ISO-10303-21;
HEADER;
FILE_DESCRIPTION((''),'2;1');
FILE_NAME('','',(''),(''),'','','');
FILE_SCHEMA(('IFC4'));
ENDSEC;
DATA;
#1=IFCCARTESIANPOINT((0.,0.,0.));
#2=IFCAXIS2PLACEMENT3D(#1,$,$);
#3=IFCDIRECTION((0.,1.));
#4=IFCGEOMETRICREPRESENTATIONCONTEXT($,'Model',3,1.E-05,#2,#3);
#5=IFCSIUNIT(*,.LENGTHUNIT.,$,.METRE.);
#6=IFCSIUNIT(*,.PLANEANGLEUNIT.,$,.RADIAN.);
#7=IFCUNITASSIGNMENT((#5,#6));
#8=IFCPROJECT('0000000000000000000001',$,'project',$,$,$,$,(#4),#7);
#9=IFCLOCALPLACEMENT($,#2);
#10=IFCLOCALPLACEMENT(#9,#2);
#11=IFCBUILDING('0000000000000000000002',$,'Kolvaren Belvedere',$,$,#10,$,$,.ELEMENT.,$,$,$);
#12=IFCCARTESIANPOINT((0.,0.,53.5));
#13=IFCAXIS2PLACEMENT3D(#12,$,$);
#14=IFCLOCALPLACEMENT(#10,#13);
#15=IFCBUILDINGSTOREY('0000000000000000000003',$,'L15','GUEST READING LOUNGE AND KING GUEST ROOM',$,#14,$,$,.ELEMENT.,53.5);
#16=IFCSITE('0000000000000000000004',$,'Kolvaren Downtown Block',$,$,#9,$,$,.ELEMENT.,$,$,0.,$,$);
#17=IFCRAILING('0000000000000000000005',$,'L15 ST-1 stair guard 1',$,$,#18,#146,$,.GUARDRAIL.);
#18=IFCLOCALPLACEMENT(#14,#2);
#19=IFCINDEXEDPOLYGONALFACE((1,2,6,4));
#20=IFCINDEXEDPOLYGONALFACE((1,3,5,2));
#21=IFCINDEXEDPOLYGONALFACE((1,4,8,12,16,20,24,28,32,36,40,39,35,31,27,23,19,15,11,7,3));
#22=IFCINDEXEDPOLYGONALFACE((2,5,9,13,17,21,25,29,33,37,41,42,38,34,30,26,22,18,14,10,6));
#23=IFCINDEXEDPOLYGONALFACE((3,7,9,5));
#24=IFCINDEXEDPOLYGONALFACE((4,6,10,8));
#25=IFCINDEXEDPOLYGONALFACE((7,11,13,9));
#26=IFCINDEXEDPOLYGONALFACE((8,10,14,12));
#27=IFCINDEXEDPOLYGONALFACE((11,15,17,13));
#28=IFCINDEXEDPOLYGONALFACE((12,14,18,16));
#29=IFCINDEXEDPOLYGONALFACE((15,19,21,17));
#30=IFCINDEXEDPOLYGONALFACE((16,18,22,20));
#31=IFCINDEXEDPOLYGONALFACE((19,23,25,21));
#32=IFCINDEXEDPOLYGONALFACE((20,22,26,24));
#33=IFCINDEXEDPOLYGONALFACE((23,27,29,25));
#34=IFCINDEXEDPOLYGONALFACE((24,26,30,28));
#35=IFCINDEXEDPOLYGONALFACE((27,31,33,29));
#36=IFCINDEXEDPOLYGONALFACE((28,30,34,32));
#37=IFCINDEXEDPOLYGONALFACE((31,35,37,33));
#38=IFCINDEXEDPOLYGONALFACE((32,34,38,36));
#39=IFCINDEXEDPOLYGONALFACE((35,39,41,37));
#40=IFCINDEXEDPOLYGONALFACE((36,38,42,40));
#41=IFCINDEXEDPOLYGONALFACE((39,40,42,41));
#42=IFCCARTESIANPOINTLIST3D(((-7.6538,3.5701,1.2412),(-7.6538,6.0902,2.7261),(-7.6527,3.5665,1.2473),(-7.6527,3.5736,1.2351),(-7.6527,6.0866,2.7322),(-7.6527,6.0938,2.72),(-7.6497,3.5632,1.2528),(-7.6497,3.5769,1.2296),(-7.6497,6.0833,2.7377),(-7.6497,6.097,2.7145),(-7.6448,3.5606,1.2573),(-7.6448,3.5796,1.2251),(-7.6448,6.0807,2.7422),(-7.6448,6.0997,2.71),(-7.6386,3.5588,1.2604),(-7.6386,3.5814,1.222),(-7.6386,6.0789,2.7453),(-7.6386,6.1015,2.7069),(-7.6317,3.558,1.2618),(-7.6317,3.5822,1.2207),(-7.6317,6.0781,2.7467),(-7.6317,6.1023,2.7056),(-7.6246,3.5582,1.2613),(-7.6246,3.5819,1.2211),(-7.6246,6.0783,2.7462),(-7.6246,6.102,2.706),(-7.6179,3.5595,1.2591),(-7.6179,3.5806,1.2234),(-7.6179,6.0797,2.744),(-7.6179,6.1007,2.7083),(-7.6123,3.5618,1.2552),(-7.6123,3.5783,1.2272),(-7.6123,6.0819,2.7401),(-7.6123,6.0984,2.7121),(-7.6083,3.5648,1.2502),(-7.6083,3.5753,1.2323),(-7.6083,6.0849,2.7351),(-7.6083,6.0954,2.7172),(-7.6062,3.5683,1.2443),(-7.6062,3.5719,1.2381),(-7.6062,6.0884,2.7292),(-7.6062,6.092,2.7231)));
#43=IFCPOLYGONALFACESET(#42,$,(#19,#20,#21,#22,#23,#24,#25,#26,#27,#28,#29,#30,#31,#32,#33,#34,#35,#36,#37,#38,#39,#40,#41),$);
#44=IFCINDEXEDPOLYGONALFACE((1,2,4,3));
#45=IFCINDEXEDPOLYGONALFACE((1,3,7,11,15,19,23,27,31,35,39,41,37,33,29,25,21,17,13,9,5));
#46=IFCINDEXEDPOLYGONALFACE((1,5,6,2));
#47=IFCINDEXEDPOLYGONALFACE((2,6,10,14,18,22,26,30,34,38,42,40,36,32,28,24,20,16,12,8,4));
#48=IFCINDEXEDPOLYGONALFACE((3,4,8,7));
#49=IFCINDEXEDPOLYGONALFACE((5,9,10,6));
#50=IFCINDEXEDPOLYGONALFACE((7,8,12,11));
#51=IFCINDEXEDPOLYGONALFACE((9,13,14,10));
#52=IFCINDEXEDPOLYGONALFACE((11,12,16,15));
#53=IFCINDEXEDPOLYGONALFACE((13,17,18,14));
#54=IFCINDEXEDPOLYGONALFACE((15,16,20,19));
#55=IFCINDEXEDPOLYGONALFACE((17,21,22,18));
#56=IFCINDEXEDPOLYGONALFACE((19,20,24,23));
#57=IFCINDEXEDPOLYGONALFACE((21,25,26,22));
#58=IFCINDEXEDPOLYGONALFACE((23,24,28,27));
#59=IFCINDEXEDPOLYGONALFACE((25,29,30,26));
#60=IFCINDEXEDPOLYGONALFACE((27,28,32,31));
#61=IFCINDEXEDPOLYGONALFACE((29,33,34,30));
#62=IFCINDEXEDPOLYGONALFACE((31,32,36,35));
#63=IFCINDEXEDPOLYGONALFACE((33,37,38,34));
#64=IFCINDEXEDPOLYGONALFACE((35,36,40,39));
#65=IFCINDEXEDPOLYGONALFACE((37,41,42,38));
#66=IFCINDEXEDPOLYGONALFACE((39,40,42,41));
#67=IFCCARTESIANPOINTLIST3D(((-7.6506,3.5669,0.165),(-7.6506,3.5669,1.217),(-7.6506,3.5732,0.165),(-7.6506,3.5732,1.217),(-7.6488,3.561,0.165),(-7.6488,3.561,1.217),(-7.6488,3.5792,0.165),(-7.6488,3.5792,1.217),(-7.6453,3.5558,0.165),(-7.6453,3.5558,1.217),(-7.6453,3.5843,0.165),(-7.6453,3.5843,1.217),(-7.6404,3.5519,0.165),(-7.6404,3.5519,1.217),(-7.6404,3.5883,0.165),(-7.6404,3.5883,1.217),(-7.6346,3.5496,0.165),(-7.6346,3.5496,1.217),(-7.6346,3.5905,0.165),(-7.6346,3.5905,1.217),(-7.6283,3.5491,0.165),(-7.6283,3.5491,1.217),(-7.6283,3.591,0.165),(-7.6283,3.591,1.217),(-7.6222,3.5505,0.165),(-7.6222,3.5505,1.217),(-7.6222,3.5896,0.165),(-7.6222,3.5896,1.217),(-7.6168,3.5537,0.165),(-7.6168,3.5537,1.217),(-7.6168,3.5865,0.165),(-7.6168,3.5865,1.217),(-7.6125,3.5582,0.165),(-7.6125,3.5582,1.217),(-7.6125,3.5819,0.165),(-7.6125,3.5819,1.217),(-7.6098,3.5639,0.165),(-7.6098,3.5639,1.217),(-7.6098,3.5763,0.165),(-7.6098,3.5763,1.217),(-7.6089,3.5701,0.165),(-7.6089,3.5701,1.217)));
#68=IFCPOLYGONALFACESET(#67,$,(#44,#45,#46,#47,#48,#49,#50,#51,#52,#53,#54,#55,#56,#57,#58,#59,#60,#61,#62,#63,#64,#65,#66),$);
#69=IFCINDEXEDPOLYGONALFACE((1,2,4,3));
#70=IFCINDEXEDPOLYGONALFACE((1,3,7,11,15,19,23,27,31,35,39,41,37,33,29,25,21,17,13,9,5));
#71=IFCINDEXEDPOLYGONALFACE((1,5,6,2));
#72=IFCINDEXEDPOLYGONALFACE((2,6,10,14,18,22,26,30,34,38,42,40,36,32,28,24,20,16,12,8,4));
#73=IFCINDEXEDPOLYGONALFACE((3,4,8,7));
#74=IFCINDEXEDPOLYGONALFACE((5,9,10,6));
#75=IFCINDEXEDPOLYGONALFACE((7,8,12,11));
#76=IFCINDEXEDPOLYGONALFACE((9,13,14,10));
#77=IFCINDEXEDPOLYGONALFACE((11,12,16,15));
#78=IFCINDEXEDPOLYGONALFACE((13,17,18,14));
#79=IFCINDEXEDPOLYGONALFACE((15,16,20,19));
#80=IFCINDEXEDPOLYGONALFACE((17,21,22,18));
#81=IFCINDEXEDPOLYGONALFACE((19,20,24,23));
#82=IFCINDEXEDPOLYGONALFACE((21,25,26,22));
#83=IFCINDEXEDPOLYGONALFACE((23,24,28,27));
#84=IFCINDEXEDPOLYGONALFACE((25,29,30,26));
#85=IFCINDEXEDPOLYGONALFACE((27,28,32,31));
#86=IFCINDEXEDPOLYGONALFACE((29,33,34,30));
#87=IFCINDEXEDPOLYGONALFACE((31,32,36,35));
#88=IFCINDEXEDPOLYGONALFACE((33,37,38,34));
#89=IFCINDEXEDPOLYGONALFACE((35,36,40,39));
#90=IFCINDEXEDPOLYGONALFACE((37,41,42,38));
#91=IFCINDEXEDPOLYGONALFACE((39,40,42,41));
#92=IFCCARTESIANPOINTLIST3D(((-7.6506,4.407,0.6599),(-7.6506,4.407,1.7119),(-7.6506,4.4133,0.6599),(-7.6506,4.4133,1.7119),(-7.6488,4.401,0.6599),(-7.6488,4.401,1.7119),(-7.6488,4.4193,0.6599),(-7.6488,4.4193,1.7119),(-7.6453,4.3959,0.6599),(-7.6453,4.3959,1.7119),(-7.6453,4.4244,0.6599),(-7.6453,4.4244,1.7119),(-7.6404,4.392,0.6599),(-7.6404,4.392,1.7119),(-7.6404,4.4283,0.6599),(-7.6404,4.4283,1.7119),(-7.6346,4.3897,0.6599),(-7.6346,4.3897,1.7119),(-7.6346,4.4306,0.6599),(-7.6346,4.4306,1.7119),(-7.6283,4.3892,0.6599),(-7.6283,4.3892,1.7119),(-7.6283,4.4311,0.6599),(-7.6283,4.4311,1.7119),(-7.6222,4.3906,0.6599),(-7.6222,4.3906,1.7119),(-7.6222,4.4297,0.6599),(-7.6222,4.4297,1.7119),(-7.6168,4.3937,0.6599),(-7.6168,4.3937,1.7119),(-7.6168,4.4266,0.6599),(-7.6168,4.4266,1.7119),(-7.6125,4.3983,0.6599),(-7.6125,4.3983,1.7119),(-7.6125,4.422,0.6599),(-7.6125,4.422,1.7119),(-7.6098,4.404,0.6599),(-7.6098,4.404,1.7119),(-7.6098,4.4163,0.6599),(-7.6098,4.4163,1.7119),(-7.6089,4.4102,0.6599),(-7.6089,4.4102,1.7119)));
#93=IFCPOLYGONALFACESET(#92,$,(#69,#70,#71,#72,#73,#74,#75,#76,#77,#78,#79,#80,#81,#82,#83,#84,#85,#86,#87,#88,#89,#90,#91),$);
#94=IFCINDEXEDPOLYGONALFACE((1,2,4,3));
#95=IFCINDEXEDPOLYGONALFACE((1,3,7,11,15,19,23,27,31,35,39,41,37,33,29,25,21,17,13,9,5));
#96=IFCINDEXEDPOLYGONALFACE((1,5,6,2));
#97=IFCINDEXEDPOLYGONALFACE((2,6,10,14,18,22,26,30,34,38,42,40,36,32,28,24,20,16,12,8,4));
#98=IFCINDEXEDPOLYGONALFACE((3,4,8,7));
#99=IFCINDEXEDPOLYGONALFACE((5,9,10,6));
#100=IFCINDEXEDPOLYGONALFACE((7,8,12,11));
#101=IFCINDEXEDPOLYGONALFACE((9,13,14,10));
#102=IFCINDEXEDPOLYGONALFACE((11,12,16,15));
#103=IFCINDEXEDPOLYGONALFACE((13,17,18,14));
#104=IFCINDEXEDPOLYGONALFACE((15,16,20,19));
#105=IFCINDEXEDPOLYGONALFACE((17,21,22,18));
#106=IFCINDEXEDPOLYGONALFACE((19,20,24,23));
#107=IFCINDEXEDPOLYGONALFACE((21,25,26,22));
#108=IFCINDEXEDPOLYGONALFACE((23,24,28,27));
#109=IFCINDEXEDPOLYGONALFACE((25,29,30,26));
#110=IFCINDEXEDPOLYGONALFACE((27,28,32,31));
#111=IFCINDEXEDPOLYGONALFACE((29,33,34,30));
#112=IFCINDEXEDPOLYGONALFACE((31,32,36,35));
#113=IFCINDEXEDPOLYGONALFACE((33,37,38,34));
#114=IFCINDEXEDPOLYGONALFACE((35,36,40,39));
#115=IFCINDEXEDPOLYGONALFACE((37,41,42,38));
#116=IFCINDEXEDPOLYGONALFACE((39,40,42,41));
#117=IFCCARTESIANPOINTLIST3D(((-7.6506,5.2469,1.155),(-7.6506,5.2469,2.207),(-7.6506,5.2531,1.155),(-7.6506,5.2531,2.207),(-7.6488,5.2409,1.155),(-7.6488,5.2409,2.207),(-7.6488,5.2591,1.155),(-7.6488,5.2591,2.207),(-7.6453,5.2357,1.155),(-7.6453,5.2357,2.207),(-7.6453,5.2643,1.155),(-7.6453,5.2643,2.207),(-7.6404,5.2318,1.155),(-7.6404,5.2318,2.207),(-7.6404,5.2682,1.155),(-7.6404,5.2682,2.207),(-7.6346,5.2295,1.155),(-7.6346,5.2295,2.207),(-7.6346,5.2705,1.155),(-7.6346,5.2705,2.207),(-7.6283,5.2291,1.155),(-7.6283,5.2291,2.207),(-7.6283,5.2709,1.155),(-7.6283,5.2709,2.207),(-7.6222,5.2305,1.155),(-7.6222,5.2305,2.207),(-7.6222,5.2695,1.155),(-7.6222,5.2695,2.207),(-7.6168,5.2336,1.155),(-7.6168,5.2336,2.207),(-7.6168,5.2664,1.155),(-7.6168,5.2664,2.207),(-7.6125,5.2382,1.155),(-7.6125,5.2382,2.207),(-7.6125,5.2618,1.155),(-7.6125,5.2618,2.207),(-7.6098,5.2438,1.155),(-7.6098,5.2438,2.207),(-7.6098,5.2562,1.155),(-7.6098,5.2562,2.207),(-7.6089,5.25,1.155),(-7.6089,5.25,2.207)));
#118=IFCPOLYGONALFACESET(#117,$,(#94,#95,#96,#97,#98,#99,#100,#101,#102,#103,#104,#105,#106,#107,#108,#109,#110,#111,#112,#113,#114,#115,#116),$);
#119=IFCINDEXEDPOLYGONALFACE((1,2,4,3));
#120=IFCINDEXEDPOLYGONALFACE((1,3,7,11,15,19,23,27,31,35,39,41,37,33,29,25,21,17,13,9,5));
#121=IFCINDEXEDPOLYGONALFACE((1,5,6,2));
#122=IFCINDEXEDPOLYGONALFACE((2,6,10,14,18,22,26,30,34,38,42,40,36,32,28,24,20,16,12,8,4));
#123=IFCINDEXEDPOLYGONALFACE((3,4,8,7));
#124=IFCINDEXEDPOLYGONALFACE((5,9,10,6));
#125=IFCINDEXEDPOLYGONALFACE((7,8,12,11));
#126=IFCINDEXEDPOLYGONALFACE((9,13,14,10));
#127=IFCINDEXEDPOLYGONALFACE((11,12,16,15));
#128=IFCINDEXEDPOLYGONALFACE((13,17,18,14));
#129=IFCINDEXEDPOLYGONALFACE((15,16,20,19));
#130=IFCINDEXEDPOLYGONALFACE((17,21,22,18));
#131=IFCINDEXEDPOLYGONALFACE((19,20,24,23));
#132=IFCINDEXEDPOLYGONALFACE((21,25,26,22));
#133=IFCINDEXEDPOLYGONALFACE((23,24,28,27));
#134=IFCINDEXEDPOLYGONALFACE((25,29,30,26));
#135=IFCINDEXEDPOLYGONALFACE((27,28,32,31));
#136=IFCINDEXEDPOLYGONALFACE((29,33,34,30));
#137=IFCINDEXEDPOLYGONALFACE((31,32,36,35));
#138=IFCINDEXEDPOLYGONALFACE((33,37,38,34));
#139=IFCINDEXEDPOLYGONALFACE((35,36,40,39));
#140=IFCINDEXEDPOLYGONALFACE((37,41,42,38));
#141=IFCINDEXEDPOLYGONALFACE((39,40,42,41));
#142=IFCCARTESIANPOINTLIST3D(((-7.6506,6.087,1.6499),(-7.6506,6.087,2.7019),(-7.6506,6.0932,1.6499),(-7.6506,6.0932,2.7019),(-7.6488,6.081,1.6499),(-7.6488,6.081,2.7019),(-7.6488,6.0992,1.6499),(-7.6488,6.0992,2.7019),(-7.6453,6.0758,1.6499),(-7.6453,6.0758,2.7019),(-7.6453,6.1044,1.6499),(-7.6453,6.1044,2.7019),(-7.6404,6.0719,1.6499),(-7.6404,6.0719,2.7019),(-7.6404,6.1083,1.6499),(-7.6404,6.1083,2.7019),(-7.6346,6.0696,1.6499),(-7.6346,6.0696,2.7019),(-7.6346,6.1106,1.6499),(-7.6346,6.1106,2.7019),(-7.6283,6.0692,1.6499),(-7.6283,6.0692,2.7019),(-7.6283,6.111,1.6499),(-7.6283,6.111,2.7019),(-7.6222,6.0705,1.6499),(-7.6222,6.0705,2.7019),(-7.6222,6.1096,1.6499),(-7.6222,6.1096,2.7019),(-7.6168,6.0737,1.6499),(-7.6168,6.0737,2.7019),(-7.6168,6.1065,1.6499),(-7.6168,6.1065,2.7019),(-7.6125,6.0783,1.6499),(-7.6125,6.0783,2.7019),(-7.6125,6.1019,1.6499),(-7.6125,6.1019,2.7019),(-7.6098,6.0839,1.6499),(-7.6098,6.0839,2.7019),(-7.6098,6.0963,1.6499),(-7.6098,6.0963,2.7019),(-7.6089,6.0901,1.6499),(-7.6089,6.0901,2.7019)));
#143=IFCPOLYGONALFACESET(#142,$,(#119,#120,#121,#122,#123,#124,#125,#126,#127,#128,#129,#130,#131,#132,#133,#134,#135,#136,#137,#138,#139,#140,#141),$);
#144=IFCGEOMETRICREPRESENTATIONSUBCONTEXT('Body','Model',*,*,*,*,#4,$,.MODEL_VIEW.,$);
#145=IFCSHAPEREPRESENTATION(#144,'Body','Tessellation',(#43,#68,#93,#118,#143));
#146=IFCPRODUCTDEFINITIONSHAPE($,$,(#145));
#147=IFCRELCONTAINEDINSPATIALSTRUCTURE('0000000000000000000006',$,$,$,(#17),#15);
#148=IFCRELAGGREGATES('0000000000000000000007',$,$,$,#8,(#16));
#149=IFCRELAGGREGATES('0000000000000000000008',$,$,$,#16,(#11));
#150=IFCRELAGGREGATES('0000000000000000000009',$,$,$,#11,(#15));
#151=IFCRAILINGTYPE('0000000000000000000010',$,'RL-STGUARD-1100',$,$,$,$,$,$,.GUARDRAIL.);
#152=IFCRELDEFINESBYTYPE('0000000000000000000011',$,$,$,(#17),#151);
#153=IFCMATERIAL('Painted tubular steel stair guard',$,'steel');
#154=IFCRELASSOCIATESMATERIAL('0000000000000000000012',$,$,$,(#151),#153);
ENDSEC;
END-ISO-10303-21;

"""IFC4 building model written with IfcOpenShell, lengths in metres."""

from ifc_helpers import new_model, si_unit, direction, frame, origin, origin_2d, place, context, subcontext, project, spatial, circle, extrude, material, type_object, element, save


model = new_model("IFC4")

# Units and contexts
model_context = context("Model", 3, precision=1e-05, world=origin(), true_north=direction((0.0, 1.0)))
body_context = subcontext(model_context, "Body", "Model", "MODEL_VIEW")
ifc_project = project(units=[si_unit("LENGTHUNIT", "METRE"), si_unit("PLANEANGLEUNIT", "RADIAN")], contexts=[model_context])

# Site, building, storey
site_placement = place(None, origin())
site = spatial("IfcSite", under=ifc_project, at=site_placement, Name="Kolvaren Downtown Block", CompositionType="ELEMENT", RefElevation=0.0)
building_placement = place(site_placement, origin())
building = spatial("IfcBuilding", under=site, at=building_placement, Name="Kolvaren Belvedere", CompositionType="ELEMENT")
storey_placement = place(building_placement, frame((0.0, 0.0, 53.5)))
storey = spatial("IfcBuildingStorey", under=building, at=storey_placement, Name="L15", Description="GUEST READING LOUNGE AND KING GUEST ROOM", CompositionType="ELEMENT", Elevation=53.5)

# Railing
ifc_material_1 = material(Name="Painted tubular steel stair guard", Category="steel")
railing_type_1 = type_object("IfcRailingType", Name="RL-STGUARD-1100", PredefinedType="GUARDRAIL", material=ifc_material_1)
railing_1_placement = place(storey_placement, frame((-7.6299, 3.5701, 0.165)))
element("IfcRailing", 1, at=railing_1_placement, inside=storey, type_object=railing_type_1, Name="L15 ST-1 stair guard 1", PredefinedType="GUARDRAIL", context=body_context, shape_type="SweptSolid", body=[
    extrude(circle(Radius=0.0239, at=origin_2d()), frame((0.0, 0.0, 1.0762), z_axis=(0.0, 0.861561, 0.507655), x_axis=(-1.0, 0.0, 0.0)), (0.0, 0.0, 1.0), 2.925),
    extrude(circle(Radius=0.021, at=origin_2d()), origin(), (0.0, 0.0, 1.0), 1.052),
    extrude(circle(Radius=0.021, at=origin_2d()), frame((0.0, 0.8401, 0.4949)), (0.0, 0.0, 1.0), 1.052),
    extrude(circle(Radius=0.021, at=origin_2d()), frame((0.0, 1.6799, 0.99)), (0.0, 0.0, 1.0), 1.052),
    extrude(circle(Radius=0.021, at=origin_2d()), frame((0.0, 2.52, 1.4849)), (0.0, 0.0, 1.0), 1.052),
])

save(model, "model.ifc")
